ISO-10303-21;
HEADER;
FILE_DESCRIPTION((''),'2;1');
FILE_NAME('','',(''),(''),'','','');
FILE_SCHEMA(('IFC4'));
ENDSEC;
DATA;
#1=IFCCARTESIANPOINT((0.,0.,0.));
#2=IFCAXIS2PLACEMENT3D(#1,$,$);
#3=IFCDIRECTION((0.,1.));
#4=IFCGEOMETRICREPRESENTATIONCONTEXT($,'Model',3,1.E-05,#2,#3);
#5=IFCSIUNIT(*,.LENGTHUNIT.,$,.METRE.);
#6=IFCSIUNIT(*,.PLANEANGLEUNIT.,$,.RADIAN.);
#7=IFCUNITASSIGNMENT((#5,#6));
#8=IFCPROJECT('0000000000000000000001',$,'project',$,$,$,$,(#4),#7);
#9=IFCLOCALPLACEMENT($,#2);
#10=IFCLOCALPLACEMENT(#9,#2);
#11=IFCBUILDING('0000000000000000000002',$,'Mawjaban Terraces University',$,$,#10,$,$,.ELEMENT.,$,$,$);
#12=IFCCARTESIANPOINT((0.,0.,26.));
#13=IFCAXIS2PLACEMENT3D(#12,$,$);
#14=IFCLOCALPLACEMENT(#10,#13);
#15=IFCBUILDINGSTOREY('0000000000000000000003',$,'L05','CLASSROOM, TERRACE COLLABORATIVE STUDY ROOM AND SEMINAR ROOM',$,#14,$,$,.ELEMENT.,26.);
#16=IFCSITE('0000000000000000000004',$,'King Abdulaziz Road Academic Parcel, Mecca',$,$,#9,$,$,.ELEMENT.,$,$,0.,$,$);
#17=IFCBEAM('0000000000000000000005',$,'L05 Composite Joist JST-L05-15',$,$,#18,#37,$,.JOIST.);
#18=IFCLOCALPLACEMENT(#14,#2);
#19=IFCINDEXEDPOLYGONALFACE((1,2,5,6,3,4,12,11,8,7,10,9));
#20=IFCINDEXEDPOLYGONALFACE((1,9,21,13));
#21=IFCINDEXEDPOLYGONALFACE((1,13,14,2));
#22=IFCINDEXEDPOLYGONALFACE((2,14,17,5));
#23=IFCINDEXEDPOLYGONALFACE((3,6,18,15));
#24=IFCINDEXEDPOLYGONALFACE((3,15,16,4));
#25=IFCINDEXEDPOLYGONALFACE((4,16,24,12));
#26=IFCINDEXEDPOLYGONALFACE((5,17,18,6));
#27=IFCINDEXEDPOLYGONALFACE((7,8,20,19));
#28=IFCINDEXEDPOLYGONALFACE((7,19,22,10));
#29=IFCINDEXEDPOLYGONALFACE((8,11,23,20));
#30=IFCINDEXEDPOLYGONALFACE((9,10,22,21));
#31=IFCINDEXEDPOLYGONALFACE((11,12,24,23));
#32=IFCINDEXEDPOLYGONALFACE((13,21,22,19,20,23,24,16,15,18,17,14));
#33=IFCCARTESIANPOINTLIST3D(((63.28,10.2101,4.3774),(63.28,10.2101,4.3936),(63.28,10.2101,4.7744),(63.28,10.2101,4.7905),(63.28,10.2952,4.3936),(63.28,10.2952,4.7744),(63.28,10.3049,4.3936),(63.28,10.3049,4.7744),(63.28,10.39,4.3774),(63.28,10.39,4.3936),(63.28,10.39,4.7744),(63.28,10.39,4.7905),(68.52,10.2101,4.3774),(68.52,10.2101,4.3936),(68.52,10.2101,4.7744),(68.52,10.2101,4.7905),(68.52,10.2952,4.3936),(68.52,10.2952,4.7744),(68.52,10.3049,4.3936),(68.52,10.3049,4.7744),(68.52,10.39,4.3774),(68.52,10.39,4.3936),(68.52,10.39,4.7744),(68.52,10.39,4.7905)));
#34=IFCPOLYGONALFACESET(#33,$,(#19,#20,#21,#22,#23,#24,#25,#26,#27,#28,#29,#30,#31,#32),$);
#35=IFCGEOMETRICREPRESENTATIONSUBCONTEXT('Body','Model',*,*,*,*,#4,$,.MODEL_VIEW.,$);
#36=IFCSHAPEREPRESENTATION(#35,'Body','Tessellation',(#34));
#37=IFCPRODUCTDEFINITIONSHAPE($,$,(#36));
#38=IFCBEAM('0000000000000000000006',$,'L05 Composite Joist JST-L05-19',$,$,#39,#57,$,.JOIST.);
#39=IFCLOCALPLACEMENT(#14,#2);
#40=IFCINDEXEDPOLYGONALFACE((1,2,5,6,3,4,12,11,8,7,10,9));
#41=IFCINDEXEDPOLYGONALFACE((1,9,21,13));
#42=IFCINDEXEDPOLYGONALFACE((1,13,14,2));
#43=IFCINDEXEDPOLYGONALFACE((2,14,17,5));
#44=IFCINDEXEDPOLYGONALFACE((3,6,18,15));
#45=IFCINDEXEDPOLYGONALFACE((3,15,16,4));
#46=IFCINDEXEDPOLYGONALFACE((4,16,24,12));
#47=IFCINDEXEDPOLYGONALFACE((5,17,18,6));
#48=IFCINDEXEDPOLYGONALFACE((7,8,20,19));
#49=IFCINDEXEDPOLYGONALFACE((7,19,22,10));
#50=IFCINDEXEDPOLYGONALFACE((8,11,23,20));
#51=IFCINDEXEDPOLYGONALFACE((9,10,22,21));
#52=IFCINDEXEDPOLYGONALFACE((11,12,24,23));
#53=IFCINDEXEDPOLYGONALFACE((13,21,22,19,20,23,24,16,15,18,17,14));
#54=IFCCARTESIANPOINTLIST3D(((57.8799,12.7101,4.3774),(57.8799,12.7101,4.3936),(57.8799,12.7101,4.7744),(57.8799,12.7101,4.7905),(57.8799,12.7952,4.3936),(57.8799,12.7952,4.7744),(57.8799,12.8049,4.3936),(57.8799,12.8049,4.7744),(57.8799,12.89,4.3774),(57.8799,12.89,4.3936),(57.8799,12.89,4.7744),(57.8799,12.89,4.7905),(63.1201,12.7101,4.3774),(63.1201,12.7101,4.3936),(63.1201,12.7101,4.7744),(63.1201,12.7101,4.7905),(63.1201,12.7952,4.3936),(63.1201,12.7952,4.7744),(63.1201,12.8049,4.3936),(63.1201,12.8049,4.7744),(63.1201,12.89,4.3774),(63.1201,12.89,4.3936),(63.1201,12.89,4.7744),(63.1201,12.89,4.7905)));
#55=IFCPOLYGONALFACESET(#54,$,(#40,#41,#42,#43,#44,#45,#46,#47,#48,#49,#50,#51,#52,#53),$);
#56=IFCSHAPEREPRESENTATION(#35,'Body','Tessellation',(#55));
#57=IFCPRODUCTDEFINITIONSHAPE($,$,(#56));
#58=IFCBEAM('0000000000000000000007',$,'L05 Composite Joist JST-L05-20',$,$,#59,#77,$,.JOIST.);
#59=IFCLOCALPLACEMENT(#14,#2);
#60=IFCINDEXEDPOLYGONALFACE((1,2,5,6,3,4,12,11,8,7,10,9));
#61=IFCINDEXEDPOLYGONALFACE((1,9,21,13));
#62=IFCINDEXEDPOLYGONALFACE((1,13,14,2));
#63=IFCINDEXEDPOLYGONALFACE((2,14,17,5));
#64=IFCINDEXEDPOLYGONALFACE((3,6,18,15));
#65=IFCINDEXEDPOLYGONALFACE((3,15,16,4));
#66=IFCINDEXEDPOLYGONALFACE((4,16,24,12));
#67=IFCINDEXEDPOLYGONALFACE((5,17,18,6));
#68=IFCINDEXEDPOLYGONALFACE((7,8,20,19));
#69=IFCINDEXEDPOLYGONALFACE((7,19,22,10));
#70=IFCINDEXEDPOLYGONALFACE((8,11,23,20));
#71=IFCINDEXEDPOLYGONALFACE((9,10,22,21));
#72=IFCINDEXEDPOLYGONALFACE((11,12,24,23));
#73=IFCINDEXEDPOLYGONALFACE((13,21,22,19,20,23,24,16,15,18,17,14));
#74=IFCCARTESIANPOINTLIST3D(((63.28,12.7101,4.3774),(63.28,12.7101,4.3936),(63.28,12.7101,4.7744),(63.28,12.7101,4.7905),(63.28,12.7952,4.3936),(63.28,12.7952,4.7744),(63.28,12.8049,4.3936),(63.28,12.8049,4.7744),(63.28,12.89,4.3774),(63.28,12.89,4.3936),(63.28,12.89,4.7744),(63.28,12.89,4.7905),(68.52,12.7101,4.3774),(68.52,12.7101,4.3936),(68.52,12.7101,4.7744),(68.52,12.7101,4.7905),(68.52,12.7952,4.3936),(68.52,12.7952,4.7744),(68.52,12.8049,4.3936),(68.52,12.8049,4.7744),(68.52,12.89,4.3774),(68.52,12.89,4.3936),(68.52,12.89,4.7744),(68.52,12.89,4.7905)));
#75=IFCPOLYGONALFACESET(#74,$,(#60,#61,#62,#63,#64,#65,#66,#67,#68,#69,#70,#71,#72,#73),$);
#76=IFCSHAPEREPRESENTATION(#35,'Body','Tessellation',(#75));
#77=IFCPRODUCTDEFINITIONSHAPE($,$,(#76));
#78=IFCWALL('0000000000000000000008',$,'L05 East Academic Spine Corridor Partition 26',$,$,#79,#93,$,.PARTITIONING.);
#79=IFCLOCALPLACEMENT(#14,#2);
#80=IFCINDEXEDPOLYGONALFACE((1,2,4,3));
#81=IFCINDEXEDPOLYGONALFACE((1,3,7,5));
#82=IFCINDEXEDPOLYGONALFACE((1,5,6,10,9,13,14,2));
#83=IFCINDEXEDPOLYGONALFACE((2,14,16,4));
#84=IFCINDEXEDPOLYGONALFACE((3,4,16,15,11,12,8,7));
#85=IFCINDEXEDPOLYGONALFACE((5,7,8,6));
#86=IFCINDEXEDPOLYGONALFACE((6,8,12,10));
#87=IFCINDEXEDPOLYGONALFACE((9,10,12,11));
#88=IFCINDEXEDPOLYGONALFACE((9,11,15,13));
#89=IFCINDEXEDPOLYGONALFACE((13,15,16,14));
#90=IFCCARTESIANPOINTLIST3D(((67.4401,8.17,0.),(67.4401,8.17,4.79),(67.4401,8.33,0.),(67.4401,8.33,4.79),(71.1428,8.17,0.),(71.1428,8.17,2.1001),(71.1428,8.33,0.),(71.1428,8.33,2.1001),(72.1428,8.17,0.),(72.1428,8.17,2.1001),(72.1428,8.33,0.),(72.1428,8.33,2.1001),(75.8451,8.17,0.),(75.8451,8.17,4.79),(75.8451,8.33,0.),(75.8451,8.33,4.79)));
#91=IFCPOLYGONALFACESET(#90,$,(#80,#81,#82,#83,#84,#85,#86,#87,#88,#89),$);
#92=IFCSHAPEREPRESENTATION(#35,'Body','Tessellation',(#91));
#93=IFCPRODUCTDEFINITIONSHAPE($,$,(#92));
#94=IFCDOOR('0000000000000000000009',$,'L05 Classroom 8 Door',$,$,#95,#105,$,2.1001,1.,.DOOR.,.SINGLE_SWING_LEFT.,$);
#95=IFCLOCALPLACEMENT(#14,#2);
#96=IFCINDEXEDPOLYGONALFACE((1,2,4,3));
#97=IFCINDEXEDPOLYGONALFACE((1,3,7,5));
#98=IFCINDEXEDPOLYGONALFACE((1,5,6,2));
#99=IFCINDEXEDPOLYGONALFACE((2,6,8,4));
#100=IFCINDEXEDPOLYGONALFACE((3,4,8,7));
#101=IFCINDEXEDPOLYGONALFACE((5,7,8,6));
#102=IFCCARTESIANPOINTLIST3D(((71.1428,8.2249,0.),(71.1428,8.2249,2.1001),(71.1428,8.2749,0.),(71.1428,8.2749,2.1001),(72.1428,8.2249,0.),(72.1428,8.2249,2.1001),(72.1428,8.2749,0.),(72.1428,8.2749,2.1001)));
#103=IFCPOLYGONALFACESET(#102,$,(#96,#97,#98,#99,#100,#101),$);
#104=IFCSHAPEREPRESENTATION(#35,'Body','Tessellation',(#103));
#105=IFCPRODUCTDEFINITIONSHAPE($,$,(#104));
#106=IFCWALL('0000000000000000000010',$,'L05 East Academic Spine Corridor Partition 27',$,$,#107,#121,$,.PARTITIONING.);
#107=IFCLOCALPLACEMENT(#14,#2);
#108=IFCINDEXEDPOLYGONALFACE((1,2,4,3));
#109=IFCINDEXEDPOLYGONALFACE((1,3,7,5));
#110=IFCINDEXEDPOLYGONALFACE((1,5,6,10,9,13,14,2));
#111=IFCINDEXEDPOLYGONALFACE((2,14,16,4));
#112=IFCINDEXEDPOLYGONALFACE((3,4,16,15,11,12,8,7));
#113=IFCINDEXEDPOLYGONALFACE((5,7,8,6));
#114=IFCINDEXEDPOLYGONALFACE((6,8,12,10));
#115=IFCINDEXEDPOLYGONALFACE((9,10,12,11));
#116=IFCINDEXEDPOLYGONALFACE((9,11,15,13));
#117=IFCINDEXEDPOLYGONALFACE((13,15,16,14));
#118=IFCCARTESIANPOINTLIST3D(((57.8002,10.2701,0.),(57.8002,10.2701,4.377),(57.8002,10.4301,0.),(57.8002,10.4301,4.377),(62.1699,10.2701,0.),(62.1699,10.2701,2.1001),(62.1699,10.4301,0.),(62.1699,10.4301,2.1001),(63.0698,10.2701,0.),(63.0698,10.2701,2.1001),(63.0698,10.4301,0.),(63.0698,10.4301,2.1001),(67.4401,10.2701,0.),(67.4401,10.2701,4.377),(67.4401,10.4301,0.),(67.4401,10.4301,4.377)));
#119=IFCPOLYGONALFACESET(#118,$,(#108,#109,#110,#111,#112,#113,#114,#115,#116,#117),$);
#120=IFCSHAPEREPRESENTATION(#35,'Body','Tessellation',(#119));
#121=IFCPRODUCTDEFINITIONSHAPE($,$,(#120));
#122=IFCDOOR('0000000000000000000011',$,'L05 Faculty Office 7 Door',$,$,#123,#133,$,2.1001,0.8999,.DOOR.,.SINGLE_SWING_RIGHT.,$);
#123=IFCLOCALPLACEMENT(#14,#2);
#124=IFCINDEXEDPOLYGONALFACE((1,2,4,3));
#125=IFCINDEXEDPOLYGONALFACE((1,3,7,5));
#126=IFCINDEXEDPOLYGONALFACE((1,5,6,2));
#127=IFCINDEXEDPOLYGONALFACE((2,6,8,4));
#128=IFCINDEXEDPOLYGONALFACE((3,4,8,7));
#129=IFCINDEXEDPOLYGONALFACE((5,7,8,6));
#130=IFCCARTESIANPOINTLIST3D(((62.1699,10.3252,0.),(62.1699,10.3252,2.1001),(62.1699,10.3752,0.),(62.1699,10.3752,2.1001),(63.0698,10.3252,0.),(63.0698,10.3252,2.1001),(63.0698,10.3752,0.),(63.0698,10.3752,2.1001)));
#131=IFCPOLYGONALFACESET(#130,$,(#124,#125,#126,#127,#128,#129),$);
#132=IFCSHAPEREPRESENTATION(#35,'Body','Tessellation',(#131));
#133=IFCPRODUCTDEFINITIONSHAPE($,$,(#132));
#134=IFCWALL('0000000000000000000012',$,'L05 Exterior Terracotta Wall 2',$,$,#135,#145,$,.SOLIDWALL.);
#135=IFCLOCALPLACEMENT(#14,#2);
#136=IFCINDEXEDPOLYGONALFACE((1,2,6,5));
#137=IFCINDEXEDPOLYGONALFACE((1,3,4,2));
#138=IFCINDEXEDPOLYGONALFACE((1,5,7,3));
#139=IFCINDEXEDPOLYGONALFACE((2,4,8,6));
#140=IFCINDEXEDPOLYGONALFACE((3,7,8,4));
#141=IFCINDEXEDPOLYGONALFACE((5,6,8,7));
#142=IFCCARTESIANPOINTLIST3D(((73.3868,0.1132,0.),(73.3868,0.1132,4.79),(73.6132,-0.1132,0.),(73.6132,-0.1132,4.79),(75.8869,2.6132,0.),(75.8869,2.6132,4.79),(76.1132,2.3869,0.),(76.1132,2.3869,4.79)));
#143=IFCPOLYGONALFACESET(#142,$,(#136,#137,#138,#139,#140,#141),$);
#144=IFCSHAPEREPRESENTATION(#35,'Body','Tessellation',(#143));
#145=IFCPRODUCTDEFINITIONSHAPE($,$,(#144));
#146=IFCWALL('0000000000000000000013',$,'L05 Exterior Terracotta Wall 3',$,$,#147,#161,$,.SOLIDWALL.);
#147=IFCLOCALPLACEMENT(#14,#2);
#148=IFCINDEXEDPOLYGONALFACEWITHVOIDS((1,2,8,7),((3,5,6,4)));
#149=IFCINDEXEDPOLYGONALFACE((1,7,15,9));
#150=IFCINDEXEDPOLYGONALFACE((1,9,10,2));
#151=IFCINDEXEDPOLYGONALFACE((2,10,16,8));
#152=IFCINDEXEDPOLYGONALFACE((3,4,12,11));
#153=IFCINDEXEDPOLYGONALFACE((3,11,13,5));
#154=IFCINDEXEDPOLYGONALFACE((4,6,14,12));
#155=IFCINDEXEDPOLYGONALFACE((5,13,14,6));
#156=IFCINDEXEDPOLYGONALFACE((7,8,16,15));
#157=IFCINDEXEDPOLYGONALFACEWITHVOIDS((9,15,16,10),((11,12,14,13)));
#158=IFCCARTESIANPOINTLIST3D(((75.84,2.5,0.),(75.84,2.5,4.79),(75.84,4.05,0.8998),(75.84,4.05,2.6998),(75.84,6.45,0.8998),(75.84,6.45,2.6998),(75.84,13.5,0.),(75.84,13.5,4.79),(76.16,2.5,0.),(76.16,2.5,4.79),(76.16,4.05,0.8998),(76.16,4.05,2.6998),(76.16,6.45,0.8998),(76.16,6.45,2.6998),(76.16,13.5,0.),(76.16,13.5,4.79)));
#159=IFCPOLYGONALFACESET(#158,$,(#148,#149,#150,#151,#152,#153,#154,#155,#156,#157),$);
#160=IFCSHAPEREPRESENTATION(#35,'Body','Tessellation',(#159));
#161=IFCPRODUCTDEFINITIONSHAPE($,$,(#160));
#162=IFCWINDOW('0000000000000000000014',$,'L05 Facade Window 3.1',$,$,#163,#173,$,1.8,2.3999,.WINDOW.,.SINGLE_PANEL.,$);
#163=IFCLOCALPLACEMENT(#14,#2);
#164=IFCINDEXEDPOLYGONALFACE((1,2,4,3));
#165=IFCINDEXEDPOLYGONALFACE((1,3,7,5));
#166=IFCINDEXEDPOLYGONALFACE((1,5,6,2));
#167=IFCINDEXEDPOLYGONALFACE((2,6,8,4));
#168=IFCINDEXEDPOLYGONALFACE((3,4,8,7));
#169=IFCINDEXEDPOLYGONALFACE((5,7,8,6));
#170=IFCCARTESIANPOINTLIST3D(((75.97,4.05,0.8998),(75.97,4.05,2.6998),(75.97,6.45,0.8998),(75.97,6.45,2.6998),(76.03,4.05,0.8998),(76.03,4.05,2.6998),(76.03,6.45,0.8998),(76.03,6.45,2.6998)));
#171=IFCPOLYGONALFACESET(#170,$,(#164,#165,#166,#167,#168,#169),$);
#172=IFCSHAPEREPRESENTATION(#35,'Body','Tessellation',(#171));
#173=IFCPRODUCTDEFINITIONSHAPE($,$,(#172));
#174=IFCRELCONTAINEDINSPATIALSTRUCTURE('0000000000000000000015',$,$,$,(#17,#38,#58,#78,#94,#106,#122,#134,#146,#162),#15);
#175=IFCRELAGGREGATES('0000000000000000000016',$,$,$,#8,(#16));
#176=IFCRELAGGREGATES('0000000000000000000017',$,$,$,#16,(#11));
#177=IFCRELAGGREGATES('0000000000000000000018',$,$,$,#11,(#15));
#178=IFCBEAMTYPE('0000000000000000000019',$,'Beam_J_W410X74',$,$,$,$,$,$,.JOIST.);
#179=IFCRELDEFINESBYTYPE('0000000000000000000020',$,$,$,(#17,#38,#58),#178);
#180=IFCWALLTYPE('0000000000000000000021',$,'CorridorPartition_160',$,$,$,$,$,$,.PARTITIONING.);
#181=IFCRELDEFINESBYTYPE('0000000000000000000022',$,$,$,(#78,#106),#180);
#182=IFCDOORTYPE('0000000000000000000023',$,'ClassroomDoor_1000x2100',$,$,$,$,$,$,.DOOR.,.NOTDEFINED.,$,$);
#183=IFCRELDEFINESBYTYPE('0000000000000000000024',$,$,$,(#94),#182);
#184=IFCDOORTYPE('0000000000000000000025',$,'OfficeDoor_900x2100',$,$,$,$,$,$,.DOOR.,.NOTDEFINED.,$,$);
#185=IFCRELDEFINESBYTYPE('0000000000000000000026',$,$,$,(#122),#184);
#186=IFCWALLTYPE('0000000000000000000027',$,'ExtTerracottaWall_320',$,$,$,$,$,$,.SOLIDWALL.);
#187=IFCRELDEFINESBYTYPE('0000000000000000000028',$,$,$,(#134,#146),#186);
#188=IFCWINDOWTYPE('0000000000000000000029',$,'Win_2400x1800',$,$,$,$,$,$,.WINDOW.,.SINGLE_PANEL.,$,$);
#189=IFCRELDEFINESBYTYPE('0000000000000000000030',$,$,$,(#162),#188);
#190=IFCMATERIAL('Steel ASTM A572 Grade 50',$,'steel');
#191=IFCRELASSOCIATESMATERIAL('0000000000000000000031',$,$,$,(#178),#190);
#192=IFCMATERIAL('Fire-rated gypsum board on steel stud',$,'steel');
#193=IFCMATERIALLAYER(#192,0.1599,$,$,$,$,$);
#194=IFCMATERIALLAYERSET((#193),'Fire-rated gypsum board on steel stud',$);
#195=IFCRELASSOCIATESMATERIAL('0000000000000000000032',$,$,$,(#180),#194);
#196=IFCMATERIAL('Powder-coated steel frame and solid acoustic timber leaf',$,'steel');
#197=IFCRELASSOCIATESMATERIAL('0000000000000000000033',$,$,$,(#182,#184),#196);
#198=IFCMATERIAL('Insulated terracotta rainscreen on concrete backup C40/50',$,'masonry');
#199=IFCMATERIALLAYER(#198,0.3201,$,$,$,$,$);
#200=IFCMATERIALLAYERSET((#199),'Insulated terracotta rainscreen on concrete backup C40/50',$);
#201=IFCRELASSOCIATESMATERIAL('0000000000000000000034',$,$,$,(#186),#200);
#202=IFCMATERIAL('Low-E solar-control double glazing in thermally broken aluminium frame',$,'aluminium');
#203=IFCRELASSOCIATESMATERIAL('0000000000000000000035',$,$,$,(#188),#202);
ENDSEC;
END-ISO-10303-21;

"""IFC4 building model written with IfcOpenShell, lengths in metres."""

from ifc_helpers import new_model, si_unit, direction, frame, frame_2d, origin, origin_2d, place, context, subcontext, project, spatial, rectangle, i_section, extrude, material, layer, layer_set, material_profile, profile_set, type_object, element, fill, save


model = new_model("IFC4")

# Units and contexts
model_context = context("Model", 3, precision=1e-05, world=origin(), true_north=direction((0.0, 1.0)))
body_context = subcontext(model_context, "Body", "Model", "MODEL_VIEW")
ifc_project = project(units=[si_unit("LENGTHUNIT", "METRE"), si_unit("PLANEANGLEUNIT", "RADIAN")], contexts=[model_context])

# Site, building, storey
site_placement = place(None, origin())
site = spatial("IfcSite", under=ifc_project, at=site_placement, Name="King Abdulaziz Road Academic Parcel, Mecca", CompositionType="ELEMENT", RefElevation=0.0)
building_placement = place(site_placement, origin())
building = spatial("IfcBuilding", under=site, at=building_placement, Name="Mawjaban Terraces University", CompositionType="ELEMENT")
storey_placement = place(building_placement, frame((0.0, 0.0, 26.0)))
storey = spatial("IfcBuildingStorey", under=building, at=storey_placement, Name="L05", Description="CLASSROOM, TERRACE COLLABORATIVE STUDY ROOM AND SEMINAR ROOM", CompositionType="ELEMENT", Elevation=26.0)

# Beams
ifc_material_1 = material(Name="Steel ASTM A572 Grade 50", Category="steel")
ifc_material_profile_1 = material_profile(ifc_material_1, i_section(OverallWidth=0.1799, OverallDepth=0.4131, WebThickness=0.0098, FlangeThickness=0.0161, at=origin_2d()), Name="W410X74")
ifc_profile_set_1 = profile_set([ifc_material_profile_1], Name="Steel ASTM A572 Grade 50")
beam_type_1 = type_object("IfcBeamType", Name="Beam_J_W410X74", PredefinedType="JOIST", material=ifc_profile_set_1)
beam_1_placement = place(storey_placement, frame((63.28, 10.3, 4.584), z_axis=(1.0, 0.0, 0.0), x_axis=(0.0, 1.0, 0.0)))
element("IfcBeam", 1, at=beam_1_placement, inside=storey, type_object=beam_type_1, Name="L05 Composite Joist JST-L05-15", PredefinedType="JOIST", context=body_context, shape_type="SweptSolid", body=[
    extrude(i_section(OverallWidth=0.1799, OverallDepth=0.4131, WebThickness=0.0098, FlangeThickness=0.0161, at=origin_2d()), origin(), (0.0, 0.0, 1.0), 5.24),
])
beam_2_placement = place(storey_placement, frame((57.8799, 12.8, 4.584), z_axis=(1.0, 0.0, 0.0), x_axis=(0.0, 1.0, 0.0)))
element("IfcBeam", 2, at=beam_2_placement, inside=storey, type_object=beam_type_1, Name="L05 Composite Joist JST-L05-19", PredefinedType="JOIST", context=body_context, shape_type="SweptSolid", body=[
    extrude(i_section(OverallWidth=0.1799, OverallDepth=0.4131, WebThickness=0.0098, FlangeThickness=0.0161, at=origin_2d()), origin(), (0.0, 0.0, 1.0), 5.2402),
])
beam_3_placement = place(storey_placement, frame((63.28, 12.8, 4.584), z_axis=(1.0, 0.0, 0.0), x_axis=(0.0, 1.0, 0.0)))
element("IfcBeam", 3, at=beam_3_placement, inside=storey, type_object=beam_type_1, Name="L05 Composite Joist JST-L05-20", PredefinedType="JOIST", context=body_context, shape_type="SweptSolid", body=[
    extrude(i_section(OverallWidth=0.1799, OverallDepth=0.4131, WebThickness=0.0098, FlangeThickness=0.0161, at=origin_2d()), origin(), (0.0, 0.0, 1.0), 5.24),
])

# Walls, openings, doors
ifc_material_2 = material(Name="Fire-rated gypsum board on steel stud", Category="steel")
ifc_layer_1 = layer(ifc_material_2, 0.1599)
ifc_layer_set_1 = layer_set([ifc_layer_1], Name="Fire-rated gypsum board on steel stud")
wall_type_1 = type_object("IfcWallType", Name="CorridorPartition_160", PredefinedType="PARTITIONING", material=ifc_layer_set_1)
wall_1_placement = place(storey_placement, frame((67.4399, 8.25, 0.0), z_axis=(0.0, 0.0, 1.0), x_axis=(1.0, 0.0, 0.0)))
wall_1 = element("IfcWall", 4, at=wall_1_placement, inside=storey, type_object=wall_type_1, Name="L05 East Academic Spine Corridor Partition 26", PredefinedType="PARTITIONING", context=body_context, shape_type="SweptSolid", body=[
    extrude(rectangle(XDim=8.405, YDim=0.1599, at=frame_2d((4.2026, 0.0))), origin(), (0.0, 0.0, 1.0), 4.79),
])
opening_1_placement = place(wall_1_placement, frame((3.7029, 0.0, 0.0)))
opening_1 = element("IfcOpeningElement", 5, at=opening_1_placement, cuts=wall_1, PredefinedType="OPENING", context=body_context, shape_type="SweptSolid", body=[
    extrude(rectangle(XDim=1.0, YDim=2.1001, at=frame_2d((0.5, 1.05))), frame((0.0, 0.0898, 0.0), z_axis=(0.0, -1.0, 0.0), x_axis=(1.0, 0.0, 0.0)), (0.0, 0.0, 1.0), 0.1799),
])
ifc_material_3 = material(Name="Powder-coated steel frame and solid acoustic timber leaf", Category="steel")
door_type_1 = type_object("IfcDoorType", Name="ClassroomDoor_1000x2100", OperationType="NOTDEFINED", PredefinedType="DOOR", material=ifc_material_3)
door_1_placement = place(opening_1_placement, origin())
door_1 = element("IfcDoor", 6, at=door_1_placement, inside=storey, type_object=door_type_1, Name="L05 Classroom 8 Door", OperationType="SINGLE_SWING_LEFT", OverallHeight=2.1001, OverallWidth=1.0, PredefinedType="DOOR", context=body_context, shape_type="SweptSolid", body=[
    extrude(rectangle(XDim=1.0, YDim=2.1001, at=frame_2d((0.5, 1.05))), frame((0.0, 0.0249, 0.0), z_axis=(0.0, -1.0, 0.0), x_axis=(1.0, 0.0, 0.0)), (0.0, 0.0, 1.0), 0.05),
])
fill(opening_1, door_1)
wall_2_placement = place(storey_placement, frame((67.4399, 10.3501, 0.0), z_axis=(0.0, 0.0, 1.0), x_axis=(-1.0, 0.0, 0.0)))
wall_2 = element("IfcWall", 7, at=wall_2_placement, inside=storey, type_object=wall_type_1, Name="L05 East Academic Spine Corridor Partition 27", PredefinedType="PARTITIONING", context=body_context, shape_type="SweptSolid", body=[
    extrude(rectangle(XDim=9.6399, YDim=0.1599, at=frame_2d((4.8198, 0.0))), origin(), (0.0, 0.0, 1.0), 4.377),
])
opening_2_placement = place(wall_2_placement, frame((4.3701, 0.0, 0.0)))
opening_2 = element("IfcOpeningElement", 8, at=opening_2_placement, cuts=wall_2, PredefinedType="OPENING", context=body_context, shape_type="SweptSolid", body=[
    extrude(rectangle(XDim=0.8999, YDim=2.1001, at=frame_2d((0.45, 1.05))), frame((0.0, 0.0898, 0.0), z_axis=(0.0, -1.0, 0.0), x_axis=(1.0, 0.0, 0.0)), (0.0, 0.0, 1.0), 0.1799),
])
door_type_2 = type_object("IfcDoorType", Name="OfficeDoor_900x2100", OperationType="NOTDEFINED", PredefinedType="DOOR", material=ifc_material_3)
door_2_placement = place(opening_2_placement, origin())
door_2 = element("IfcDoor", 9, at=door_2_placement, inside=storey, type_object=door_type_2, Name="L05 Faculty Office 7 Door", OperationType="SINGLE_SWING_RIGHT", OverallHeight=2.1001, OverallWidth=0.8999, PredefinedType="DOOR", context=body_context, shape_type="SweptSolid", body=[
    extrude(rectangle(XDim=0.8999, YDim=2.1001, at=frame_2d((0.45, 1.05))), frame((0.0, 0.0249, 0.0), z_axis=(0.0, -1.0, 0.0), x_axis=(1.0, 0.0, 0.0)), (0.0, 0.0, 1.0), 0.05),
])
fill(opening_2, door_2)

# Wall
ifc_material_4 = material(Name="Insulated terracotta rainscreen on concrete backup C40/50", Category="masonry")
ifc_layer_2 = layer(ifc_material_4, 0.3201)
ifc_layer_set_2 = layer_set([ifc_layer_2], Name="Insulated terracotta rainscreen on concrete backup C40/50")
wall_type_2 = type_object("IfcWallType", Name="ExtTerracottaWall_320", PredefinedType="SOLIDWALL", material=ifc_layer_set_2)
wall_3_placement = place(storey_placement, frame((73.5, 0.0, 0.0), z_axis=(0.0, 0.0, 1.0), x_axis=(0.707107, 0.707107, 0.0)))
element("IfcWall", 10, at=wall_3_placement, inside=storey, type_object=wall_type_2, Name="L05 Exterior Terracotta Wall 2", PredefinedType="SOLIDWALL", context=body_context, shape_type="SweptSolid", body=[
    extrude(rectangle(XDim=3.5356, YDim=0.3201, at=frame_2d((1.7678, 0.0))), origin(), (0.0, 0.0, 1.0), 4.79),
])

# Wall, opening, window
wall_4_placement = place(storey_placement, frame((76.0, 2.5, 0.0), z_axis=(0.0, 0.0, 1.0), x_axis=(0.0, 1.0, 0.0)))
wall_4 = element("IfcWall", 11, at=wall_4_placement, inside=storey, type_object=wall_type_2, Name="L05 Exterior Terracotta Wall 3", PredefinedType="SOLIDWALL", context=body_context, shape_type="SweptSolid", body=[
    extrude(rectangle(XDim=11.0, YDim=0.3201, at=frame_2d((5.5, 0.0))), origin(), (0.0, 0.0, 1.0), 4.79),
])
opening_3_placement = place(wall_4_placement, frame((1.55, 0.0, 0.8999)))
opening_3 = element("IfcOpeningElement", 12, at=opening_3_placement, cuts=wall_4, PredefinedType="OPENING", context=body_context, shape_type="SweptSolid", body=[
    extrude(rectangle(XDim=2.3999, YDim=1.8, at=frame_2d((1.2, 0.8999))), frame((0.0, 0.1699, 0.0), z_axis=(0.0, -1.0, 0.0), x_axis=(1.0, 0.0, 0.0)), (0.0, 0.0, 1.0), 0.3401),
])
ifc_material_5 = material(Name="Low-E solar-control double glazing in thermally broken aluminium frame", Category="aluminium")
window_type = type_object("IfcWindowType", Name="Win_2400x1800", PartitioningType="SINGLE_PANEL", PredefinedType="WINDOW", material=ifc_material_5)
window_placement = place(opening_3_placement, origin())
window = element("IfcWindow", 13, at=window_placement, inside=storey, type_object=window_type, Name="L05 Facade Window 3.1", OverallHeight=1.8, OverallWidth=2.3999, PartitioningType="SINGLE_PANEL", PredefinedType="WINDOW", context=body_context, shape_type="SweptSolid", body=[
    extrude(rectangle(XDim=2.3999, YDim=1.8, at=frame_2d((1.2, 0.8999))), frame((0.0, 0.03, 0.0), z_axis=(0.0, -1.0, 0.0), x_axis=(1.0, 0.0, 0.0)), (0.0, 0.0, 1.0), 0.0601),
])
fill(opening_3, window)

save(model, "model.ifc")
